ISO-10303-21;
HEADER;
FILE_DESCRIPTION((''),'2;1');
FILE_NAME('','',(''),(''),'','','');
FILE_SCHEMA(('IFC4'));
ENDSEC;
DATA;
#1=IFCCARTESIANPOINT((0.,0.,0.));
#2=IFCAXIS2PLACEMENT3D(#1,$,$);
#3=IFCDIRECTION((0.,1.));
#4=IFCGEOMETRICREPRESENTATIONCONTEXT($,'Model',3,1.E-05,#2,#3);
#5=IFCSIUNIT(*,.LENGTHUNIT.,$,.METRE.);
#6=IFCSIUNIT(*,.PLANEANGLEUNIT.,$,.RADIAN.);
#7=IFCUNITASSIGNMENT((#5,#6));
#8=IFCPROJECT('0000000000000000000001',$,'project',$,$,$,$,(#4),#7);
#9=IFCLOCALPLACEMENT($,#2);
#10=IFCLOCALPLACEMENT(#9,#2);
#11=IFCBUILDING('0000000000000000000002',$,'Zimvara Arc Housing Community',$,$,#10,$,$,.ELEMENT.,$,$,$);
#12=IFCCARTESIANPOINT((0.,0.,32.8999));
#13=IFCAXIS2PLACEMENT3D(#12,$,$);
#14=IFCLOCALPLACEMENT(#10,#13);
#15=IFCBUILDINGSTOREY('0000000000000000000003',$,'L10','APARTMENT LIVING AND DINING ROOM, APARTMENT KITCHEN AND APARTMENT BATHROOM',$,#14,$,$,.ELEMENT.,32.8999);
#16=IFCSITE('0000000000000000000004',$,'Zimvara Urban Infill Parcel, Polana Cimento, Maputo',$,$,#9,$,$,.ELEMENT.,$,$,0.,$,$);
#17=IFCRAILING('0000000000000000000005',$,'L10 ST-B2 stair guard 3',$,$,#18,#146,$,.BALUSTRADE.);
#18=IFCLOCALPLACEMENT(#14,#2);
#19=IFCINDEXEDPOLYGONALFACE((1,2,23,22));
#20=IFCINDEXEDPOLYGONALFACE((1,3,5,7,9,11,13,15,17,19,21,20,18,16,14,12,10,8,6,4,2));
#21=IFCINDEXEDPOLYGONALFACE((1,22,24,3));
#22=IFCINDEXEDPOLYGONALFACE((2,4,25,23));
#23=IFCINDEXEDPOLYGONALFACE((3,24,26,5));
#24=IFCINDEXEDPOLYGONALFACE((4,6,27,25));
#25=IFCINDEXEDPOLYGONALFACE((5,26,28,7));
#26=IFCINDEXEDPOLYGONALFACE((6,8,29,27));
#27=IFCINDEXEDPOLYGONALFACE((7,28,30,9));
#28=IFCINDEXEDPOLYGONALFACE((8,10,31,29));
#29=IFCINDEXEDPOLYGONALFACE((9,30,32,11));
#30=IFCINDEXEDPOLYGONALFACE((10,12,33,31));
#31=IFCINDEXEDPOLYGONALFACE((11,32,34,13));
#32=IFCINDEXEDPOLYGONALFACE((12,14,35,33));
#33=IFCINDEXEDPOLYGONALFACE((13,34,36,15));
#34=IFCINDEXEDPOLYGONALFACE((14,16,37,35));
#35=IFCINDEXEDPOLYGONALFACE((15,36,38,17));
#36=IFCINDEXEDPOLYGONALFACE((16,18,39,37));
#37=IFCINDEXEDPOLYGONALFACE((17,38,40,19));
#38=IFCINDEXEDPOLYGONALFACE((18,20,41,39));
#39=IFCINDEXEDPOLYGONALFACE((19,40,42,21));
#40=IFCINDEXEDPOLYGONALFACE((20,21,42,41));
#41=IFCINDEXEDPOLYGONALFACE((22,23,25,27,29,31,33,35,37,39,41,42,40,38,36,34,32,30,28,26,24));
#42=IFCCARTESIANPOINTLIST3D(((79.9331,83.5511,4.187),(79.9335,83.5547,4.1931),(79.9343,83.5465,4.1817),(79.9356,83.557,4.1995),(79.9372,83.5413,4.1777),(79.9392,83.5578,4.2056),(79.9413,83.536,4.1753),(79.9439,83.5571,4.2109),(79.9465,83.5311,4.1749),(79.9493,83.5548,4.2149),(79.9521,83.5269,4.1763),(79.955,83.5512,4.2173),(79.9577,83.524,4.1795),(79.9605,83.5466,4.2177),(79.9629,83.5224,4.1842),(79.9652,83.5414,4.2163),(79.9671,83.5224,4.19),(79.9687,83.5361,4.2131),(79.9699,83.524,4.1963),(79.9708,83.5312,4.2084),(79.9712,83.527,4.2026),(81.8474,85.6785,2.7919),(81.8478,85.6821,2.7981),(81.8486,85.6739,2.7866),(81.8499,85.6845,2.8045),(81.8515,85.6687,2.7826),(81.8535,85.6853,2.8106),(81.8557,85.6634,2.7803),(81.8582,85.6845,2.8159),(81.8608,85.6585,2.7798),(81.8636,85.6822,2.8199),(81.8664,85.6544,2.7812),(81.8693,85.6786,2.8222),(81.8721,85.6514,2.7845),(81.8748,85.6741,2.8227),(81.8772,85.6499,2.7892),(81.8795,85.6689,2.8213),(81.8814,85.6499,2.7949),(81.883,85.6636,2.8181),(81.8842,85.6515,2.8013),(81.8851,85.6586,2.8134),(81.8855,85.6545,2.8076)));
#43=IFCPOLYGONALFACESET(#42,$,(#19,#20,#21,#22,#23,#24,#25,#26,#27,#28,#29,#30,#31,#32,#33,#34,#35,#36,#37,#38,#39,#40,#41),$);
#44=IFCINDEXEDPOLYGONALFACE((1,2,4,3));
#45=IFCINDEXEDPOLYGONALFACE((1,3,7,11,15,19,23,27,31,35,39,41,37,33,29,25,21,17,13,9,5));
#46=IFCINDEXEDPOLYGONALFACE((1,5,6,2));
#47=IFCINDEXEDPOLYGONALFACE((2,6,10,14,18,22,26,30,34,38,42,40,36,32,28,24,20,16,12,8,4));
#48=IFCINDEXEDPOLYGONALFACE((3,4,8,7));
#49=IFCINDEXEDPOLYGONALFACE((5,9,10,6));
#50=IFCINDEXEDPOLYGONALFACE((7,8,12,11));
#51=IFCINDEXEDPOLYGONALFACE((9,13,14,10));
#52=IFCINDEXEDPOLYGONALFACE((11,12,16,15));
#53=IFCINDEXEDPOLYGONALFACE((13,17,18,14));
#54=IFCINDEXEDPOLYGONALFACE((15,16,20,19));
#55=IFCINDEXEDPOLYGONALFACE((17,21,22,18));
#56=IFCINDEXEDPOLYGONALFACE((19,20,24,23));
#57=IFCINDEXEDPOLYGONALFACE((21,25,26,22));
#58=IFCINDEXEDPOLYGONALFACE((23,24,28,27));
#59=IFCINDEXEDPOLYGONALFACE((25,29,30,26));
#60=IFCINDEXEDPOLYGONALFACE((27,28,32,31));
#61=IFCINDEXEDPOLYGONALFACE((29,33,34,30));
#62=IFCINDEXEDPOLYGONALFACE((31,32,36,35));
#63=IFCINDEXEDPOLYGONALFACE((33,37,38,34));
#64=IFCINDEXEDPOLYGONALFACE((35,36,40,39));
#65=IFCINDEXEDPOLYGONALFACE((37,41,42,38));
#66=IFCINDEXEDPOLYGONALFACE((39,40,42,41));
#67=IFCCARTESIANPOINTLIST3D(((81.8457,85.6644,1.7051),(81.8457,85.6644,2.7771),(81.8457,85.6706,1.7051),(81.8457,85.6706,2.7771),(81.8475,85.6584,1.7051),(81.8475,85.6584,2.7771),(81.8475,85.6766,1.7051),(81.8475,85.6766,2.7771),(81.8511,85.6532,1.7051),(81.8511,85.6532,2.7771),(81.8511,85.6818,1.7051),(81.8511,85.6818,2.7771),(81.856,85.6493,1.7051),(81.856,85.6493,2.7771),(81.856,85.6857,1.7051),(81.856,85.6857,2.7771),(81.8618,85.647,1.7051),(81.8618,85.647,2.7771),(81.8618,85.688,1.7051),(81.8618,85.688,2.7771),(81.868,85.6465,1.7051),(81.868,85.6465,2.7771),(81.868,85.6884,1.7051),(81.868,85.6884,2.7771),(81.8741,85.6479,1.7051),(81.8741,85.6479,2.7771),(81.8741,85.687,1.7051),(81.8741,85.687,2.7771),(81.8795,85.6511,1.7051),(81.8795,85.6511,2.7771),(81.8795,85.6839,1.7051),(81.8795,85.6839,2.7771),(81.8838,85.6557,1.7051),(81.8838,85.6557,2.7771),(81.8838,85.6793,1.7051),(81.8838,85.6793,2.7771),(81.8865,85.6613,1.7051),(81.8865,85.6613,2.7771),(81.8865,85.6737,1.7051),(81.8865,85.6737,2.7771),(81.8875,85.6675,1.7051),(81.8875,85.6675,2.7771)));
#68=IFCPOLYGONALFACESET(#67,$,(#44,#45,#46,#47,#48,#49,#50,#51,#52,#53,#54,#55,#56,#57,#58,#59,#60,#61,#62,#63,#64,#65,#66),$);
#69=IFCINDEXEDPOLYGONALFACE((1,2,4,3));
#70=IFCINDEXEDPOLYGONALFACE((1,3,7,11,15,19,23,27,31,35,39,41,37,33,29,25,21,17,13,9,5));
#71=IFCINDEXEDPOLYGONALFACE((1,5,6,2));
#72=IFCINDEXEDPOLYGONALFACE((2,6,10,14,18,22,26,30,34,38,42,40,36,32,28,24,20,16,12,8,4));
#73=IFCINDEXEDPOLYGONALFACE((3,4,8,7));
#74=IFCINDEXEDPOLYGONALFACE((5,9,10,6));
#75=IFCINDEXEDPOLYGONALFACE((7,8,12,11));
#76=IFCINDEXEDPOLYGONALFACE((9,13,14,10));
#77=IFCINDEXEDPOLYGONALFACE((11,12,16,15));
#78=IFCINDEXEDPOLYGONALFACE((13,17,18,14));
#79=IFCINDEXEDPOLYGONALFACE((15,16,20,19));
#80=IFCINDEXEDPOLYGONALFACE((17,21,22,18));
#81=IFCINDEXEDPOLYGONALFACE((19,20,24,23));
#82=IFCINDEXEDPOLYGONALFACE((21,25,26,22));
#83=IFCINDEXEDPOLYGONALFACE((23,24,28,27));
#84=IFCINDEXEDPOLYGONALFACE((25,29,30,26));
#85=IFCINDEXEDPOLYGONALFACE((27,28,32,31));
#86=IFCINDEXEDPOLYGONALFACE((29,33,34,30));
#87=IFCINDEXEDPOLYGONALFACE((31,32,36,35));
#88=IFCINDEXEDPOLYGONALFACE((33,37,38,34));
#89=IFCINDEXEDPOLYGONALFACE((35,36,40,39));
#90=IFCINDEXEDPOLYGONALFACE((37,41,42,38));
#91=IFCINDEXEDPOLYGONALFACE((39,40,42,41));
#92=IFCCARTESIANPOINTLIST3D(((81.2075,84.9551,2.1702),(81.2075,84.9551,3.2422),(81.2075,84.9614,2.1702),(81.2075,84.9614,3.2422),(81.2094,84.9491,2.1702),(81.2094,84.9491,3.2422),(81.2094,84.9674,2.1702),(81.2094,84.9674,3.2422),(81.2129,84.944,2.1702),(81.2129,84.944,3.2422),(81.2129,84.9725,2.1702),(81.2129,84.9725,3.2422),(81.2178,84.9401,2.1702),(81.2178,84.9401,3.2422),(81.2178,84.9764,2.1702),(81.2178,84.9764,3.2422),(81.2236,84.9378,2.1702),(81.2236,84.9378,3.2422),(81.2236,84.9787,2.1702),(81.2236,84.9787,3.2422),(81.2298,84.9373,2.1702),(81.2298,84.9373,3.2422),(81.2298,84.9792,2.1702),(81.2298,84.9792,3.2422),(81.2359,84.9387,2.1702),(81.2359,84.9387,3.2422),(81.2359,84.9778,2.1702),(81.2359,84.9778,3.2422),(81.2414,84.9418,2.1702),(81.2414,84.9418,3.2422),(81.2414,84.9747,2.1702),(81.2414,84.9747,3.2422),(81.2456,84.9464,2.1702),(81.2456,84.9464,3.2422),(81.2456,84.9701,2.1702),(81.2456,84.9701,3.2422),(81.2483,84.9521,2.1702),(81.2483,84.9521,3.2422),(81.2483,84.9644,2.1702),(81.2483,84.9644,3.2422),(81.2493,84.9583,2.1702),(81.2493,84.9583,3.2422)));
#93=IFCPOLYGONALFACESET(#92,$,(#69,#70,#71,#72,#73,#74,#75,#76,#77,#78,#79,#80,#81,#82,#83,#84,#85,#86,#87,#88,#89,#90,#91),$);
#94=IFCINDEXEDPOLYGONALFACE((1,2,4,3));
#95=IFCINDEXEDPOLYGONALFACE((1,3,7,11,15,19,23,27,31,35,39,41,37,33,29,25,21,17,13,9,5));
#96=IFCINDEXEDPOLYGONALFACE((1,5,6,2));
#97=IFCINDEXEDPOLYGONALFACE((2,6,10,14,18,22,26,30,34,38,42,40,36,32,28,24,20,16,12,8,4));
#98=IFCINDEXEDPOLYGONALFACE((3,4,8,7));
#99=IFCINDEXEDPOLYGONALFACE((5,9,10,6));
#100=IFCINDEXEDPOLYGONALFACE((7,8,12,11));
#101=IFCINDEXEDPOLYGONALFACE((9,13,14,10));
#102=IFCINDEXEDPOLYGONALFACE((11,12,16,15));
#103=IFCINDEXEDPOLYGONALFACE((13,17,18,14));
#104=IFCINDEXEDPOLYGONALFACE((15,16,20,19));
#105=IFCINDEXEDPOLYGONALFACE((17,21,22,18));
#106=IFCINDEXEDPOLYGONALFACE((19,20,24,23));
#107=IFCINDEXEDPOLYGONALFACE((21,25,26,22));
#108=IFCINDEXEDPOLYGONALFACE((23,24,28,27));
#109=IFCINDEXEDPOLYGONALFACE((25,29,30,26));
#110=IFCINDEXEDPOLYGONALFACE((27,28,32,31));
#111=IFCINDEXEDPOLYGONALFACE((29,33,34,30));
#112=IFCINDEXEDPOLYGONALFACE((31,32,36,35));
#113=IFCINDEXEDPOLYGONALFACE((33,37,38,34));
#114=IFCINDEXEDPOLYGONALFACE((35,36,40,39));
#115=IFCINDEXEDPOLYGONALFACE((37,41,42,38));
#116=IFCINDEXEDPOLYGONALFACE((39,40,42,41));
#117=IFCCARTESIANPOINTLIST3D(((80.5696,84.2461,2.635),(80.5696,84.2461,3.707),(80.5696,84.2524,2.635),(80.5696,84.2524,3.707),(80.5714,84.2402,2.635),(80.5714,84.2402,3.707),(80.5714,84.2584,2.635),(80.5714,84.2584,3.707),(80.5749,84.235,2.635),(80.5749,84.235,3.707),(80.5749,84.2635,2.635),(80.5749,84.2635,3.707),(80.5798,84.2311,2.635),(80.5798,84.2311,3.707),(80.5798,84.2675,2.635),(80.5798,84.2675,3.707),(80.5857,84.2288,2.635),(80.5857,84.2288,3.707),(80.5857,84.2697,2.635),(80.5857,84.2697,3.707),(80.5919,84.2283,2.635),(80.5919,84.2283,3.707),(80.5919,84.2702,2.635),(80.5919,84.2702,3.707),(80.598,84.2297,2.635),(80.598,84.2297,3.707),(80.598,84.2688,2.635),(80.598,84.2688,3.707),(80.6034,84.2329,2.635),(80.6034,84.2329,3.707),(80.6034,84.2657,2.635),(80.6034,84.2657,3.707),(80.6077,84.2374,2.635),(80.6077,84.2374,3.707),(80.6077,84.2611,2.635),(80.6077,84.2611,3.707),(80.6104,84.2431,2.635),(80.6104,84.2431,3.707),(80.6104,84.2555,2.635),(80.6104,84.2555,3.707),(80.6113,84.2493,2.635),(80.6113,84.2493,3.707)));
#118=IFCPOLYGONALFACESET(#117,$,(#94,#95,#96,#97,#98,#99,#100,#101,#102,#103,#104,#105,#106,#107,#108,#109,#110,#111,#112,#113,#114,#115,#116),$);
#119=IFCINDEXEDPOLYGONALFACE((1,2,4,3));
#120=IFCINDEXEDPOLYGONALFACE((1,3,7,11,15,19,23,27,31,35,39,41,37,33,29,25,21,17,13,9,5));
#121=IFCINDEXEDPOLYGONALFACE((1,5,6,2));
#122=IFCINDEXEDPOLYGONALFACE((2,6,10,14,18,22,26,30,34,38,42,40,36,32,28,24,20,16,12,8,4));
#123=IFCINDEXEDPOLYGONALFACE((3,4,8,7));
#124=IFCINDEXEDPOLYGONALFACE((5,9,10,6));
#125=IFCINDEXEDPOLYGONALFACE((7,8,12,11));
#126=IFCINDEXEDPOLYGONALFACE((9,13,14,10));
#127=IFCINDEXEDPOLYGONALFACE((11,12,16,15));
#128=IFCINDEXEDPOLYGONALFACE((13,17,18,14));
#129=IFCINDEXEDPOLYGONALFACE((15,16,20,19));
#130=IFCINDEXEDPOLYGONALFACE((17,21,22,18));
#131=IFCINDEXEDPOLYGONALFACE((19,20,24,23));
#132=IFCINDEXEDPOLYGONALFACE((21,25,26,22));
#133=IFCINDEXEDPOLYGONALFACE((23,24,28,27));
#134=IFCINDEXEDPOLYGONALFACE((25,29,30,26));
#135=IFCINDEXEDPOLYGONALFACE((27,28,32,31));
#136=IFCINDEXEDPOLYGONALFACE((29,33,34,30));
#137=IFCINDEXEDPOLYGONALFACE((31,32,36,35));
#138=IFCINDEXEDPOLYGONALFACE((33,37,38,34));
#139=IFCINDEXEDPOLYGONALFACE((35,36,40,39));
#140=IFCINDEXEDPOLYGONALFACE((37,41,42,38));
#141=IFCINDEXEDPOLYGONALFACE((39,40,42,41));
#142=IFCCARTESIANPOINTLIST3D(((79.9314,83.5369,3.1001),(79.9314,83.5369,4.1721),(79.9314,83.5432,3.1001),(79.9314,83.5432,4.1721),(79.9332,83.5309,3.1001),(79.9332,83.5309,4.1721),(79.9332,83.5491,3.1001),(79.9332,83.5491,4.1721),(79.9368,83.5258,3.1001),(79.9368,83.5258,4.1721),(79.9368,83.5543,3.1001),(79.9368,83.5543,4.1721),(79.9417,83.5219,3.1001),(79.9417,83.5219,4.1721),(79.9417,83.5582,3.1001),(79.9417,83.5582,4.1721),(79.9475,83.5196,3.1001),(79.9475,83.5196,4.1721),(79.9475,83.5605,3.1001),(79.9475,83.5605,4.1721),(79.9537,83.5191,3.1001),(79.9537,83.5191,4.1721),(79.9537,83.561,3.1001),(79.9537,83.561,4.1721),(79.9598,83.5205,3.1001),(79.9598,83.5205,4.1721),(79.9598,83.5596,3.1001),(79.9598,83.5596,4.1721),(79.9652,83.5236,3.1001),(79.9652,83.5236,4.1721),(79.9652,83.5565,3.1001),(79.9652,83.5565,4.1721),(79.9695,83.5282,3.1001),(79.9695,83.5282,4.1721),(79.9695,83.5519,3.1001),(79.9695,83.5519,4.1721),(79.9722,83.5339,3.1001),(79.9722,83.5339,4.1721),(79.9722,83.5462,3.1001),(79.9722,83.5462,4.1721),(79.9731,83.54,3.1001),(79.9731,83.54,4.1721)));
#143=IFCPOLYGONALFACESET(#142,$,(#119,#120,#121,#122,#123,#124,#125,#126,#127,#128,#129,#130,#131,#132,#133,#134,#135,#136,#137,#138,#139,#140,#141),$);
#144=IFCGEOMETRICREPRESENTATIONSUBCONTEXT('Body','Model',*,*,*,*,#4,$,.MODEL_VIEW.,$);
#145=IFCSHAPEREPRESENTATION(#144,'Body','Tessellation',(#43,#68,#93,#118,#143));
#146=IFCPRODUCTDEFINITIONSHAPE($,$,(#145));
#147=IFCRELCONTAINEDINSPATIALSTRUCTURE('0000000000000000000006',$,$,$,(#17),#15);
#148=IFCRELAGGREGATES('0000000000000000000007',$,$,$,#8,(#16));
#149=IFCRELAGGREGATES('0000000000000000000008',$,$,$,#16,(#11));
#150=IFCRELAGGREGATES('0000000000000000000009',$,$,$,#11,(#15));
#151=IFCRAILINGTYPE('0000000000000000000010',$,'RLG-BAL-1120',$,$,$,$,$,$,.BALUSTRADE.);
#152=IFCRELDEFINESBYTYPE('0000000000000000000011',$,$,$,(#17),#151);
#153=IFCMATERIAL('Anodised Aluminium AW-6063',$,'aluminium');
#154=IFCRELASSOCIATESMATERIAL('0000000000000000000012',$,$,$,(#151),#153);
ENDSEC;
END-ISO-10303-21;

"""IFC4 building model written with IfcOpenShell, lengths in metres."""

from ifc_helpers import new_model, si_unit, direction, frame, origin, origin_2d, place, context, subcontext, project, spatial, circle, extrude, material, type_object, element, save


model = new_model("IFC4")

# Units and contexts
model_context = context("Model", 3, precision=1e-05, world=origin(), true_north=direction((0.0, 1.0)))
body_context = subcontext(model_context, "Body", "Model", "MODEL_VIEW")
ifc_project = project(units=[si_unit("LENGTHUNIT", "METRE"), si_unit("PLANEANGLEUNIT", "RADIAN")], contexts=[model_context])

# Site, building, storey
site_placement = place(None, origin())
site = spatial("IfcSite", under=ifc_project, at=site_placement, Name="Zimvara Urban Infill Parcel, Polana Cimento, Maputo", CompositionType="ELEMENT", RefElevation=0.0)
building_placement = place(site_placement, origin())
building = spatial("IfcBuilding", under=site, at=building_placement, Name="Zimvara Arc Housing Community", CompositionType="ELEMENT")
storey_placement = place(building_placement, frame((0.0, 0.0, 32.8999)))
storey = spatial("IfcBuildingStorey", under=building, at=storey_placement, Name="L10", Description="APARTMENT LIVING AND DINING ROOM, APARTMENT KITCHEN AND APARTMENT BATHROOM", CompositionType="ELEMENT", Elevation=32.8999)

# Railing
ifc_material_1 = material(Name="Anodised Aluminium AW-6063", Category="aluminium")
railing_type = type_object("IfcRailingType", Name="RLG-BAL-1120", PredefinedType="BALUSTRADE", material=ifc_material_1)
railing_1_placement = place(storey_placement, frame((81.8665, 85.6675, 1.7051)))
element("IfcRailing", 1, at=railing_1_placement, inside=storey, type_object=railing_type, Name="L10 ST-B2 stair guard 3", PredefinedType="BALUSTRADE", context=body_context, shape_type="SweptSolid", body=[
    extrude(circle(Radius=0.0239, at=origin_2d()), frame((0.0, 0.0, 1.0962), z_axis=(-0.601263, -0.668206, 0.43816), x_axis=(0.743362, -0.668889, 0.0)), (0.0, 0.0, 1.0), 3.1838),
    extrude(circle(Radius=0.021, at=origin_2d()), origin(), (0.0, 0.0, 1.0), 1.072),
    extrude(circle(Radius=0.021, at=origin_2d()), frame((-0.6382, -0.7092, 0.4651)), (0.0, 0.0, 1.0), 1.072),
    extrude(circle(Radius=0.021, at=origin_2d()), frame((-1.2761, -1.4182, 0.9299)), (0.0, 0.0, 1.0), 1.072),
    extrude(circle(Radius=0.021, at=origin_2d()), frame((-1.9143, -2.1274, 1.395)), (0.0, 0.0, 1.0), 1.072),
])

save(model, "model.ifc")
